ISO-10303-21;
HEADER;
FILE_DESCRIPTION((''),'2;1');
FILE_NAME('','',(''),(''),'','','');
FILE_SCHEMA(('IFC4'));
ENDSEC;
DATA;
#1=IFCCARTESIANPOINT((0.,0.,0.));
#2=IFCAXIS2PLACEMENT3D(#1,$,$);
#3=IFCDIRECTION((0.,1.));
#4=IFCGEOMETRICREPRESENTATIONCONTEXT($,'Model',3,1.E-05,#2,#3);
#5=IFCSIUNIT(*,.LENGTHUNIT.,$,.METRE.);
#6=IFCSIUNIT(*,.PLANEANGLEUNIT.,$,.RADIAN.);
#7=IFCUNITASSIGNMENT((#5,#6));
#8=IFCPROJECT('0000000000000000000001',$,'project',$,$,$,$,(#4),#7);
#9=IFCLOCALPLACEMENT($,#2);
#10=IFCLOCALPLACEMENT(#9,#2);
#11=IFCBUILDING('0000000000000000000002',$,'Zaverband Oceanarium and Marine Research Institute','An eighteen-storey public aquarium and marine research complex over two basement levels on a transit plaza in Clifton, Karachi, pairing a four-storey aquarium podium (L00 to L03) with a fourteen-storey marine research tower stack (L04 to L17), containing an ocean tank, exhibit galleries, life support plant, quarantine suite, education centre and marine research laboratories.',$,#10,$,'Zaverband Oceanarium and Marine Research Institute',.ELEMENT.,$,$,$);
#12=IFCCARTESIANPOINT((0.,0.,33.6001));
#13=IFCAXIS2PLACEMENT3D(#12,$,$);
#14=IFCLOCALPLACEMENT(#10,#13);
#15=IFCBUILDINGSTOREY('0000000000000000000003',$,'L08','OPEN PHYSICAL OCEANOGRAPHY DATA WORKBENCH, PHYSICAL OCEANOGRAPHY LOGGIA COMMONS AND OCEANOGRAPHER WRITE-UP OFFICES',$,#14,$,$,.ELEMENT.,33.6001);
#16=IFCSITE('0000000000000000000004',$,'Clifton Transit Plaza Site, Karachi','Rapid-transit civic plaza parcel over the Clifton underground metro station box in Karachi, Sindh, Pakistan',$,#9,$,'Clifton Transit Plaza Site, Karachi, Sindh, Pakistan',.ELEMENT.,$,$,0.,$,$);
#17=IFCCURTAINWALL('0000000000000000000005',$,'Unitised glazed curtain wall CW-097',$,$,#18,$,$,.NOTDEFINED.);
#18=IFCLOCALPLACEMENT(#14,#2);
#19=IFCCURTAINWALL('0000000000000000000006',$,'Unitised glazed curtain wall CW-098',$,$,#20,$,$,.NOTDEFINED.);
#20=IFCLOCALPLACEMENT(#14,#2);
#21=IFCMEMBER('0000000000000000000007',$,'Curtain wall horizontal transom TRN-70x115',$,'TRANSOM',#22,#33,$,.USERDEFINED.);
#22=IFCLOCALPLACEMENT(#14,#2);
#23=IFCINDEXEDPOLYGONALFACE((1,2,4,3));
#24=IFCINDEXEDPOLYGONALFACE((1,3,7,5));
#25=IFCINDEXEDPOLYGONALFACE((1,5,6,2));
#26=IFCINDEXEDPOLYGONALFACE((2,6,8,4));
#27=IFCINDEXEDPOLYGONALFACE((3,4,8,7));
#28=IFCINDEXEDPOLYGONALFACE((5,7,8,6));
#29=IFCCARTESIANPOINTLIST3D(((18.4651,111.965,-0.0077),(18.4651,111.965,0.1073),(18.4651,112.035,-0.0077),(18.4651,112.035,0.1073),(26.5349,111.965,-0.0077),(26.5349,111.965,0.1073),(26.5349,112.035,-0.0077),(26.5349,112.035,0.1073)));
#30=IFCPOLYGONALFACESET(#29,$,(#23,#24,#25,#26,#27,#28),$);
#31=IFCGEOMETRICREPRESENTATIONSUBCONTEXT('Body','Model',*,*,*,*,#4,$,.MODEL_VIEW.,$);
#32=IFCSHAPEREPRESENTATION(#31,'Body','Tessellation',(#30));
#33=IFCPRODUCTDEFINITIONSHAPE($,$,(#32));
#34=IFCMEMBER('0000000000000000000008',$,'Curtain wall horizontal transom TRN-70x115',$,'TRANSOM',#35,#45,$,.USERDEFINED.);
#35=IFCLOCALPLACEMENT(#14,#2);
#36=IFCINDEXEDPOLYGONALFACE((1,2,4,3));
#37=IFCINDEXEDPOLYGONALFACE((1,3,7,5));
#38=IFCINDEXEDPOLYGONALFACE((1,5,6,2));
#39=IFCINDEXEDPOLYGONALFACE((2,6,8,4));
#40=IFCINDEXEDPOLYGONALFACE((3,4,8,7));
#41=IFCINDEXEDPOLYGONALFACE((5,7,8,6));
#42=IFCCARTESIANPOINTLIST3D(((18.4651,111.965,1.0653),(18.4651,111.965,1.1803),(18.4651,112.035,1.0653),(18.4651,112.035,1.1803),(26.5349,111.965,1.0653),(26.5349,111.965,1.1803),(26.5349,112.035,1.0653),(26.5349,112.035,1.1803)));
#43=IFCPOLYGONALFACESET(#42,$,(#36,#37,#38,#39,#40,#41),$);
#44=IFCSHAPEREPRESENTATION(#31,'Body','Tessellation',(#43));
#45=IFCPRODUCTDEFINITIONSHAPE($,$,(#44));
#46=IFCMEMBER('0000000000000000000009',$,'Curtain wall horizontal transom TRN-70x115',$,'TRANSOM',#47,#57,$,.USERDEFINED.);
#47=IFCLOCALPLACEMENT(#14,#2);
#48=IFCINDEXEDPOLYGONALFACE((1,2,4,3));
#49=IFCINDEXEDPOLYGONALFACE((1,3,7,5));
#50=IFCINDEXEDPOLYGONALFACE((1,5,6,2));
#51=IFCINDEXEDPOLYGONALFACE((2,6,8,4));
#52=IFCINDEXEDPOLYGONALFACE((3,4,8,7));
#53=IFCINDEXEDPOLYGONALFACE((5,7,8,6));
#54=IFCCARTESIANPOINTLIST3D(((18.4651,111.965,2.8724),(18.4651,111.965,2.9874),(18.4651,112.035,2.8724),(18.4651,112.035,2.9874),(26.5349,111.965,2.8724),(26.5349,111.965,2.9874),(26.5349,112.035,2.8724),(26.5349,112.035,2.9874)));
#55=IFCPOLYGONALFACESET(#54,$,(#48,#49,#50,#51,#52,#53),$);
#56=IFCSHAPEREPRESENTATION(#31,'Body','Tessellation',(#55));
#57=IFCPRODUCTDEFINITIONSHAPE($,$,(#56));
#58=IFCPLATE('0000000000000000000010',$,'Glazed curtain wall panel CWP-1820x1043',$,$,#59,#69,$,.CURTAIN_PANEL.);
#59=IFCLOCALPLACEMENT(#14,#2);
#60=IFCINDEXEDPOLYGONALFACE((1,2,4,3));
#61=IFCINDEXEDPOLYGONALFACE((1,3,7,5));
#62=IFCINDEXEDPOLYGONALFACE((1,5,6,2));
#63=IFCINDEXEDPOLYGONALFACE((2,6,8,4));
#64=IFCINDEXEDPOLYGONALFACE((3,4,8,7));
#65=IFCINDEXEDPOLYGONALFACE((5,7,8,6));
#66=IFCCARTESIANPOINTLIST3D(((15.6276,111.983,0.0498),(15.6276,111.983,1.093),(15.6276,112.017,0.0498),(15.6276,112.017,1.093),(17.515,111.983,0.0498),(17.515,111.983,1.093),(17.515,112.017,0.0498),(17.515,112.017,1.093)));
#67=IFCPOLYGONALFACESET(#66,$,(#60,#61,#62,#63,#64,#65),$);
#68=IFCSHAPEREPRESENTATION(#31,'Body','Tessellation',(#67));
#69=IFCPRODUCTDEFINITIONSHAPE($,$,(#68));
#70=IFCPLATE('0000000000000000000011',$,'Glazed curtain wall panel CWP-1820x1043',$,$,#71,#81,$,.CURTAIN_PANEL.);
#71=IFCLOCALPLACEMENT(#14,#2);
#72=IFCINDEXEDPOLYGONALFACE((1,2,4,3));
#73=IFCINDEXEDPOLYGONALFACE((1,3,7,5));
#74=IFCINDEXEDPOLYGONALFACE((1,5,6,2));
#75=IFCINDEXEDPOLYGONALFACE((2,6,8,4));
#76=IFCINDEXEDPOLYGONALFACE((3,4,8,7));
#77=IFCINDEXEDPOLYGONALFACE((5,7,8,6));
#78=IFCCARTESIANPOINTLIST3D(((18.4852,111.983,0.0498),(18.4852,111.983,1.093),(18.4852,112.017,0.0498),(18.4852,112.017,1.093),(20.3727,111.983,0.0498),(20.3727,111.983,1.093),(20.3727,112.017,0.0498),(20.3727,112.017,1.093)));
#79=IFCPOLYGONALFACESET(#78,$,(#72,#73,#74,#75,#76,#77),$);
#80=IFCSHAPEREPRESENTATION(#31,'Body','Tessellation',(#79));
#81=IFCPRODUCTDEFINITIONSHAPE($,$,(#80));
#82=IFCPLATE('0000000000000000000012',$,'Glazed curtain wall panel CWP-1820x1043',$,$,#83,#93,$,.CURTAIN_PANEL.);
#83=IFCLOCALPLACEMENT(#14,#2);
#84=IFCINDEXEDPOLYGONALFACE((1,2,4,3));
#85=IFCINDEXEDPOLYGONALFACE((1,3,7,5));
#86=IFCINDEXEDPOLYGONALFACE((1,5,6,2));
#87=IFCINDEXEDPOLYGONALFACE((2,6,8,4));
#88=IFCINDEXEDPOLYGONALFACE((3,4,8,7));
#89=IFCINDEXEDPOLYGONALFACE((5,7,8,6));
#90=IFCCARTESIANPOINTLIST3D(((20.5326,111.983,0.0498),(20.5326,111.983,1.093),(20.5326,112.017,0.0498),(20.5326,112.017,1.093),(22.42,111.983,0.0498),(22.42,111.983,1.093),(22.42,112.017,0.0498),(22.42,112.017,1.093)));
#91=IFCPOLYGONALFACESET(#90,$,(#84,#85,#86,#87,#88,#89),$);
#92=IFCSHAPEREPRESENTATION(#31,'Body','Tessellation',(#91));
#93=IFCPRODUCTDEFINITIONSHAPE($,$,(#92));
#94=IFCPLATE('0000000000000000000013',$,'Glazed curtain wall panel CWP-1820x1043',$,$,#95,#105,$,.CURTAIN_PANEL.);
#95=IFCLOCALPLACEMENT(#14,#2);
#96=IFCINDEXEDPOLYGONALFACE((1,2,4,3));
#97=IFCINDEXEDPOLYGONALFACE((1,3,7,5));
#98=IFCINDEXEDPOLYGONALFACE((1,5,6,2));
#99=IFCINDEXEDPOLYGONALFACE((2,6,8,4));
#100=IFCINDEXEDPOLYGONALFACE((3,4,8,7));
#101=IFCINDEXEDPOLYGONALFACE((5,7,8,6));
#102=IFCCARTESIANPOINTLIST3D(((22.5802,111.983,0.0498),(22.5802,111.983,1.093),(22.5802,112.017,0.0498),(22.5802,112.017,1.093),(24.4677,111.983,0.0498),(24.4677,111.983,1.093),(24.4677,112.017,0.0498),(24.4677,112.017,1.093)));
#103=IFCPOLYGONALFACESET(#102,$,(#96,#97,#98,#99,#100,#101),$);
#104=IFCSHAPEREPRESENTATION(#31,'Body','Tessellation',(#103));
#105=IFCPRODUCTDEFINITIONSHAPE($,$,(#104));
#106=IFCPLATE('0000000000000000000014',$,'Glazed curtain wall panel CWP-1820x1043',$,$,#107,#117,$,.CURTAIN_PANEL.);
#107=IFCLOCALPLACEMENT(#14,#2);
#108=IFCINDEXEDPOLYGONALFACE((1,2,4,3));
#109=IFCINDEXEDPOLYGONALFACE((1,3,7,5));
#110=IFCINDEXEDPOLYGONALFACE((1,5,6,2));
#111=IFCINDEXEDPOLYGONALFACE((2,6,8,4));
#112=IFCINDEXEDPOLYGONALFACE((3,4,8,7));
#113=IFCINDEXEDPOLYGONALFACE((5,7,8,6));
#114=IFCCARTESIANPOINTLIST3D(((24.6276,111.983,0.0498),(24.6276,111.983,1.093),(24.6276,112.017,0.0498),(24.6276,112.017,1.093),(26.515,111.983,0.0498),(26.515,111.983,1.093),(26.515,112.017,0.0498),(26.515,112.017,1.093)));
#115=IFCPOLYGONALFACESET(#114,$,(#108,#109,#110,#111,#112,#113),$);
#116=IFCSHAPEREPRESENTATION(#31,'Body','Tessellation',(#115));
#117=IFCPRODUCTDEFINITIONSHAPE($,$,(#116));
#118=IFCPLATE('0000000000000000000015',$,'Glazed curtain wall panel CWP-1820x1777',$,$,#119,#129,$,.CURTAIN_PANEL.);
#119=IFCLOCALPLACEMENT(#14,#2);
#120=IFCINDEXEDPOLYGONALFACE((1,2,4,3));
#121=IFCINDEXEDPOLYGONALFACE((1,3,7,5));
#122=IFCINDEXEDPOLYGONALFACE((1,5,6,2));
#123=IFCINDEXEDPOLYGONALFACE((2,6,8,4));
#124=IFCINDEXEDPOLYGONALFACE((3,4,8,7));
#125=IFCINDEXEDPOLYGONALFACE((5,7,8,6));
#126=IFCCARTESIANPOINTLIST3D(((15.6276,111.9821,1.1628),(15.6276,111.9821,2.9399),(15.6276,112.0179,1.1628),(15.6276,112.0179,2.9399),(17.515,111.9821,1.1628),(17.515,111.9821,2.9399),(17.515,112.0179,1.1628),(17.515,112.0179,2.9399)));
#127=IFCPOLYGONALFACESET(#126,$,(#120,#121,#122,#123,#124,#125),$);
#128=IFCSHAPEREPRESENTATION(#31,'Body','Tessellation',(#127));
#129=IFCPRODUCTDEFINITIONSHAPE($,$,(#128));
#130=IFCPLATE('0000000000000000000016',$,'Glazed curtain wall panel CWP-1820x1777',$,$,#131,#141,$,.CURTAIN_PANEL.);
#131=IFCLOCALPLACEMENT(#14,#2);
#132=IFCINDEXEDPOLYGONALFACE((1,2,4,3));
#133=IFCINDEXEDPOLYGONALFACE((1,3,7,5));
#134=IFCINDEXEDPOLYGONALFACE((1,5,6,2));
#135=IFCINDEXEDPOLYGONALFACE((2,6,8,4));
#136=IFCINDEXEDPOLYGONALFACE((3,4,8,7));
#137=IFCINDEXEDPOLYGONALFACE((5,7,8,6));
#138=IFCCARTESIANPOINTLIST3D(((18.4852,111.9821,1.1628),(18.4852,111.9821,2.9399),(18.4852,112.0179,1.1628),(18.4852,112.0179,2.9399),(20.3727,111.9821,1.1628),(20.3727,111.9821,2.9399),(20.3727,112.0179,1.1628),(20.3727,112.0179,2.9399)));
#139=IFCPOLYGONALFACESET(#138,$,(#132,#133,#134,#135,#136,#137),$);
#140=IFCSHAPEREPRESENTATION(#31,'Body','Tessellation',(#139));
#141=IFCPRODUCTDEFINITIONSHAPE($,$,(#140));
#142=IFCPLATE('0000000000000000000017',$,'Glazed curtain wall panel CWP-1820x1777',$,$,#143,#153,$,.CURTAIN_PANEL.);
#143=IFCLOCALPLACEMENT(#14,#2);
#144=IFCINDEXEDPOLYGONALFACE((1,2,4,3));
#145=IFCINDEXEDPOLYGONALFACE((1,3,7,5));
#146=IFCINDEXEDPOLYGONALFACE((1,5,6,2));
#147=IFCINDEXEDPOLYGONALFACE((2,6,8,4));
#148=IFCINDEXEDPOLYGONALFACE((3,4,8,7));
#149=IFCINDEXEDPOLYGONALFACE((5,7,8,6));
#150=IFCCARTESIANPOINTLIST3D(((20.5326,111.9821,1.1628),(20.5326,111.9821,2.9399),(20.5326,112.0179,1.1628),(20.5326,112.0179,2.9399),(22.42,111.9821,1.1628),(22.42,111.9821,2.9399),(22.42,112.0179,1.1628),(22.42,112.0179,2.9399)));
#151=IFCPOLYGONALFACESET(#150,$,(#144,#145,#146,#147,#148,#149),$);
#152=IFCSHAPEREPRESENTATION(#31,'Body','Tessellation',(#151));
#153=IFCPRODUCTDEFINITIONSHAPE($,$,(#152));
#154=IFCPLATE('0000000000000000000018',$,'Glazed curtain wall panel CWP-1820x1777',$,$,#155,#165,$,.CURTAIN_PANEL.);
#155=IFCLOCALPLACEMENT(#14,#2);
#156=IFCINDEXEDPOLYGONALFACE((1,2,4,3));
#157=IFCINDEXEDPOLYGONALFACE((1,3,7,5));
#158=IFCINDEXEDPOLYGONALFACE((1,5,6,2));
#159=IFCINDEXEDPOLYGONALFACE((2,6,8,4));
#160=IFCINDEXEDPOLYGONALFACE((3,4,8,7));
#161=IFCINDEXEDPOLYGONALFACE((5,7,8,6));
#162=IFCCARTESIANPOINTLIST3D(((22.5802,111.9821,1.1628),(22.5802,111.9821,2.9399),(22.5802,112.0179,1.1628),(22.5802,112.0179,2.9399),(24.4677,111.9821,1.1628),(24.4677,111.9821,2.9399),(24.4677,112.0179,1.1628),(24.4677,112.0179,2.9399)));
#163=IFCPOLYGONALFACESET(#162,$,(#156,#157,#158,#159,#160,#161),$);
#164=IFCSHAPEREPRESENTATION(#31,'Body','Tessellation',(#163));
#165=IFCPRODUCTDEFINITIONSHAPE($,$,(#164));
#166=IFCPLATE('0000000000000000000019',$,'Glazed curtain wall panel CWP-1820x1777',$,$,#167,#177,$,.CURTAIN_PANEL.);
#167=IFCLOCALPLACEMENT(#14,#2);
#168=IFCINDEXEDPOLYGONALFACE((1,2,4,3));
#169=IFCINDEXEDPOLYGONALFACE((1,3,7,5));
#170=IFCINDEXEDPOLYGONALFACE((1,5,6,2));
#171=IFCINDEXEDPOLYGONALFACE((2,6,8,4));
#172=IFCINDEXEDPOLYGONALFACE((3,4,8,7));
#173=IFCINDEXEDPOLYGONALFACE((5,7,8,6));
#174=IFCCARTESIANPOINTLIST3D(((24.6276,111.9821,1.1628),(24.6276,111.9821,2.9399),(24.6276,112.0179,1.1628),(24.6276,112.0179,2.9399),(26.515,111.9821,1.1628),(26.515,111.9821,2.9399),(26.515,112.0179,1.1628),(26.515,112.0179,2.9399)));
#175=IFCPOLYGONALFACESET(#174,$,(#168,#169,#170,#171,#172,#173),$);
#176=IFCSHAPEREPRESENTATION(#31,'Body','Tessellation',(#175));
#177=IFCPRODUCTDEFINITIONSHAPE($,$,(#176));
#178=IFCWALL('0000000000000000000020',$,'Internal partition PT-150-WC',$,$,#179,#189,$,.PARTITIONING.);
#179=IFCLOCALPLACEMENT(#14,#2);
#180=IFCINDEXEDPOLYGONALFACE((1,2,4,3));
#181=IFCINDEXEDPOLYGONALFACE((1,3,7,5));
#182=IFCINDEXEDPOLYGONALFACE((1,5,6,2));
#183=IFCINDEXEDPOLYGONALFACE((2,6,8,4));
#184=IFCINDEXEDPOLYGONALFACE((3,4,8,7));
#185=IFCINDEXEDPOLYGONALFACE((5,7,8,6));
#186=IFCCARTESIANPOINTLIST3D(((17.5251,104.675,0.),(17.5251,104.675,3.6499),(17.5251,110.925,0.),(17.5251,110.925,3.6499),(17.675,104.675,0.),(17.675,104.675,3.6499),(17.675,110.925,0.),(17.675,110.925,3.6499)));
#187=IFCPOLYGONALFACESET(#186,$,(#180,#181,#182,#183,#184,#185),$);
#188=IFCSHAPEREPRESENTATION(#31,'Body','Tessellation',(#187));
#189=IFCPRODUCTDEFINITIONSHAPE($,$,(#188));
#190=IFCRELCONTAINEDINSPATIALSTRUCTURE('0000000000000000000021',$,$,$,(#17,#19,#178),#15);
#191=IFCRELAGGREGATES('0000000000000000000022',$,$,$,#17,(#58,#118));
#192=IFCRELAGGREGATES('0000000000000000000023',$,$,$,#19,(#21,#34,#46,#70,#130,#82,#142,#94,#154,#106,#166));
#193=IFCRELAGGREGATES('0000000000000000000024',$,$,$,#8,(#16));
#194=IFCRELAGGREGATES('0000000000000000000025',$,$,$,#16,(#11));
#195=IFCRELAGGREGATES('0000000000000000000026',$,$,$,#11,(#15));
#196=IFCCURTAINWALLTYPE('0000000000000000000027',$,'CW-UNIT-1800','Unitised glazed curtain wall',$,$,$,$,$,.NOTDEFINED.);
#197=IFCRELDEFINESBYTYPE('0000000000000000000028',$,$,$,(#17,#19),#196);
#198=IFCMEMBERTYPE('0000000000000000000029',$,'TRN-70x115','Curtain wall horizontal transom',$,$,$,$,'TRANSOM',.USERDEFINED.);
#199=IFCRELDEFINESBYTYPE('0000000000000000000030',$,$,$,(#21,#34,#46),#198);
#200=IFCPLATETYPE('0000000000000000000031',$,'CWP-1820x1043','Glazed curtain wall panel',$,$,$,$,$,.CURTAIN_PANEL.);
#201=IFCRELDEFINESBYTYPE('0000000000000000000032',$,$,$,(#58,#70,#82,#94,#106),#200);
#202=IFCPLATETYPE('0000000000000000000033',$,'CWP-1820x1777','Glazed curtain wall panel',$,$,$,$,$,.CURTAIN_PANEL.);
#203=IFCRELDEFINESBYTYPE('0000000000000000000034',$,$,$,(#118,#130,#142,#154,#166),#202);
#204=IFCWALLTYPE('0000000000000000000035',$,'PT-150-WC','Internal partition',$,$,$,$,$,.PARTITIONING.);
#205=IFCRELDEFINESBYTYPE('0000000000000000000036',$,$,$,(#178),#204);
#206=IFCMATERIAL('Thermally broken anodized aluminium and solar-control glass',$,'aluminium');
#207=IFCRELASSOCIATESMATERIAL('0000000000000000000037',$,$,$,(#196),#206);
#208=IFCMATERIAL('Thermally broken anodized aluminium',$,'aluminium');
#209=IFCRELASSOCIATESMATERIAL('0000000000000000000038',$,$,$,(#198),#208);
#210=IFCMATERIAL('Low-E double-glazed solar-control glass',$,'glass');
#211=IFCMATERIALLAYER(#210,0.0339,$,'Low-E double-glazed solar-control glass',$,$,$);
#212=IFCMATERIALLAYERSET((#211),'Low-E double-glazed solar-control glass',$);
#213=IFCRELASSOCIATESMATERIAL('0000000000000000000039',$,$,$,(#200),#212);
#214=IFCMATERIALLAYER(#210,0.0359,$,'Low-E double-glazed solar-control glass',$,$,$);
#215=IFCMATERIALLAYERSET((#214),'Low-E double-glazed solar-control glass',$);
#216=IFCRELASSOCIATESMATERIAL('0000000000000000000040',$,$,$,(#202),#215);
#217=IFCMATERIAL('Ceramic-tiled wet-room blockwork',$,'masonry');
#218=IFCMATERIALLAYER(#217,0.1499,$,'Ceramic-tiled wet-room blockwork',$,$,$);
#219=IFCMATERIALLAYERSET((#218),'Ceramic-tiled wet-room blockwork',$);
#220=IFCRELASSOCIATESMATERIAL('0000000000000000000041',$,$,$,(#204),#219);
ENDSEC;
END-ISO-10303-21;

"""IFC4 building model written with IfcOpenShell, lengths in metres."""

from ifc_helpers import new_model, si_unit, direction, frame, frame_2d, origin, origin_2d, place, context, subcontext, project, spatial, rectangle, extrude, material, layer, layer_set, material_profile, profile_set, type_object, element, aggregate, save


model = new_model("IFC4")

# Units and contexts
model_context = context("Model", 3, precision=1e-05, world=origin(), true_north=direction((0.0, 1.0)))
body_context = subcontext(model_context, "Body", "Model", "MODEL_VIEW")
ifc_project = project(units=[si_unit("LENGTHUNIT", "METRE"), si_unit("PLANEANGLEUNIT", "RADIAN")], contexts=[model_context])

# Site, building, storey
site_placement = place(None, origin())
site = spatial("IfcSite", under=ifc_project, at=site_placement, Name="Clifton Transit Plaza Site, Karachi", Description="Rapid-transit civic plaza parcel over the Clifton underground metro station box in Karachi, Sindh, Pakistan", LongName="Clifton Transit Plaza Site, Karachi, Sindh, Pakistan", CompositionType="ELEMENT", RefElevation=0.0)
building_placement = place(site_placement, origin())
building = spatial("IfcBuilding", under=site, at=building_placement, Name="Zaverband Oceanarium and Marine Research Institute", Description="An eighteen-storey public aquarium and marine research complex over two basement levels on a transit plaza in Clifton, Karachi, pairing a four-storey aquarium podium (L00 to L03) with a fourteen-storey marine research tower stack (L04 to L17), containing an ocean tank, exhibit galleries, life support plant, quarantine suite, education centre and marine research laboratories.", LongName="Zaverband Oceanarium and Marine Research Institute", CompositionType="ELEMENT")
storey_placement = place(building_placement, frame((0.0, 0.0, 33.6001)))
storey = spatial("IfcBuildingStorey", under=building, at=storey_placement, Name="L08", Description="OPEN PHYSICAL OCEANOGRAPHY DATA WORKBENCH, PHYSICAL OCEANOGRAPHY LOGGIA COMMONS AND OCEANOGRAPHER WRITE-UP OFFICES", CompositionType="ELEMENT", Elevation=33.6001)

# Curtain walls
ifc_material_1 = material(Name="Thermally broken anodized aluminium and solar-control glass", Category="aluminium")
curtain_wall_type = type_object("IfcCurtainWallType", Name="CW-UNIT-1800", Description="Unitised glazed curtain wall", PredefinedType="NOTDEFINED", material=ifc_material_1)
curtain_wall_1_placement = place(storey_placement, origin())
curtain_wall_1 = element("IfcCurtainWall", 1, at=curtain_wall_1_placement, inside=storey, type_object=curtain_wall_type, Name="Unitised glazed curtain wall CW-097", PredefinedType="NOTDEFINED")
ifc_material_2 = material(Name="Thermally broken anodized aluminium", Category="aluminium")
curtain_wall_2_placement = place(storey_placement, origin())
curtain_wall_2 = element("IfcCurtainWall", 2, at=curtain_wall_2_placement, inside=storey, type_object=curtain_wall_type, Name="Unitised glazed curtain wall CW-098", PredefinedType="NOTDEFINED")

# Members
ifc_material_profile_1 = material_profile(ifc_material_2, rectangle(XDim=0.0701, YDim=0.115, at=origin_2d()), Name="AL-TRN-70x115")
ifc_profile_set_1 = profile_set([ifc_material_profile_1], Name="Thermally broken anodized aluminium")
member_type_1 = type_object("IfcMemberType", Name="TRN-70x115", Description="Curtain wall horizontal transom", ElementType="TRANSOM", PredefinedType="USERDEFINED", material=ifc_profile_set_1)
member_1_placement = place(storey_placement, frame((18.4651, 112.0, 0.0498), z_axis=(1.0, 0.0, 0.0), x_axis=(0.0, 1.0, 0.0)))
member_1 = element("IfcMember", 3, at=member_1_placement, type_object=member_type_1, Name="Curtain wall horizontal transom TRN-70x115", ObjectType="TRANSOM", PredefinedType="USERDEFINED", context=body_context, shape_type="SweptSolid", body=[
    extrude(rectangle(XDim=0.0701, YDim=0.115, at=origin_2d()), origin(), (0.0, 0.0, 1.0), 8.0698),
])
member_2_placement = place(storey_placement, frame((18.4651, 112.0, 1.1228), z_axis=(1.0, 0.0, 0.0), x_axis=(0.0, 1.0, 0.0)))
member_2 = element("IfcMember", 4, at=member_2_placement, type_object=member_type_1, Name="Curtain wall horizontal transom TRN-70x115", ObjectType="TRANSOM", PredefinedType="USERDEFINED", context=body_context, shape_type="SweptSolid", body=[
    extrude(rectangle(XDim=0.0701, YDim=0.115, at=origin_2d()), origin(), (0.0, 0.0, 1.0), 8.0698),
])
member_3_placement = place(storey_placement, frame((18.4651, 112.0, 2.9299), z_axis=(1.0, 0.0, 0.0), x_axis=(0.0, 1.0, 0.0)))
member_3 = element("IfcMember", 5, at=member_3_placement, type_object=member_type_1, Name="Curtain wall horizontal transom TRN-70x115", ObjectType="TRANSOM", PredefinedType="USERDEFINED", context=body_context, shape_type="SweptSolid", body=[
    extrude(rectangle(XDim=0.0701, YDim=0.115, at=origin_2d()), origin(), (0.0, 0.0, 1.0), 8.0698),
])

# Plates
ifc_material_3 = material(Name="Low-E double-glazed solar-control glass", Category="glass")
ifc_layer_1 = layer(ifc_material_3, 0.0339, Name="Low-E double-glazed solar-control glass")
ifc_layer_set_1 = layer_set([ifc_layer_1], Name="Low-E double-glazed solar-control glass")
plate_type_1 = type_object("IfcPlateType", Name="CWP-1820x1043", Description="Glazed curtain wall panel", PredefinedType="CURTAIN_PANEL", material=ifc_layer_set_1)
plate_1_placement = place(storey_placement, frame((15.6274, 112.0, 0.0498), z_axis=(0.0, 0.0, 1.0), x_axis=(1.0, 0.0, 0.0)))
plate_1 = element("IfcPlate", 6, at=plate_1_placement, type_object=plate_type_1, Name="Glazed curtain wall panel CWP-1820x1043", PredefinedType="CURTAIN_PANEL", context=body_context, shape_type="SweptSolid", body=[
    extrude(rectangle(XDim=1.8875, YDim=0.0339, at=frame_2d((0.9438, 0.0))), origin(), (0.0, 0.0, 1.0), 1.0432),
])
plate_2_placement = place(storey_placement, frame((18.4851, 112.0, 0.0498), z_axis=(0.0, 0.0, 1.0), x_axis=(1.0, 0.0, 0.0)))
plate_2 = element("IfcPlate", 7, at=plate_2_placement, type_object=plate_type_1, Name="Glazed curtain wall panel CWP-1820x1043", PredefinedType="CURTAIN_PANEL", context=body_context, shape_type="SweptSolid", body=[
    extrude(rectangle(XDim=1.8875, YDim=0.0339, at=frame_2d((0.9438, 0.0))), origin(), (0.0, 0.0, 1.0), 1.0432),
])
plate_3_placement = place(storey_placement, frame((20.5325, 112.0, 0.0498), z_axis=(0.0, 0.0, 1.0), x_axis=(1.0, 0.0, 0.0)))
plate_3 = element("IfcPlate", 8, at=plate_3_placement, type_object=plate_type_1, Name="Glazed curtain wall panel CWP-1820x1043", PredefinedType="CURTAIN_PANEL", context=body_context, shape_type="SweptSolid", body=[
    extrude(rectangle(XDim=1.8875, YDim=0.0339, at=frame_2d((0.9438, 0.0))), origin(), (0.0, 0.0, 1.0), 1.0432),
])
plate_4_placement = place(storey_placement, frame((22.5801, 112.0, 0.0498), z_axis=(0.0, 0.0, 1.0), x_axis=(1.0, 0.0, 0.0)))
plate_4 = element("IfcPlate", 9, at=plate_4_placement, type_object=plate_type_1, Name="Glazed curtain wall panel CWP-1820x1043", PredefinedType="CURTAIN_PANEL", context=body_context, shape_type="SweptSolid", body=[
    extrude(rectangle(XDim=1.8875, YDim=0.0339, at=frame_2d((0.9438, 0.0))), origin(), (0.0, 0.0, 1.0), 1.0432),
])
plate_5_placement = place(storey_placement, frame((24.6274, 112.0, 0.0498), z_axis=(0.0, 0.0, 1.0), x_axis=(1.0, 0.0, 0.0)))
plate_5 = element("IfcPlate", 10, at=plate_5_placement, type_object=plate_type_1, Name="Glazed curtain wall panel CWP-1820x1043", PredefinedType="CURTAIN_PANEL", context=body_context, shape_type="SweptSolid", body=[
    extrude(rectangle(XDim=1.8875, YDim=0.0339, at=frame_2d((0.9438, 0.0))), origin(), (0.0, 0.0, 1.0), 1.0432),
])
ifc_layer_2 = layer(ifc_material_3, 0.0359, Name="Low-E double-glazed solar-control glass")
ifc_layer_set_2 = layer_set([ifc_layer_2], Name="Low-E double-glazed solar-control glass")
plate_type_2 = type_object("IfcPlateType", Name="CWP-1820x1777", Description="Glazed curtain wall panel", PredefinedType="CURTAIN_PANEL", material=ifc_layer_set_2)
plate_6_placement = place(storey_placement, frame((15.6274, 112.0, 1.1628), z_axis=(0.0, 0.0, 1.0), x_axis=(1.0, 0.0, 0.0)))
plate_6 = element("IfcPlate", 11, at=plate_6_placement, type_object=plate_type_2, Name="Glazed curtain wall panel CWP-1820x1777", PredefinedType="CURTAIN_PANEL", context=body_context, shape_type="SweptSolid", body=[
    extrude(rectangle(XDim=1.8875, YDim=0.0359, at=frame_2d((0.9438, 0.0))), origin(), (0.0, 0.0, 1.0), 1.7771),
])
aggregate(curtain_wall_1, [plate_1, plate_6])
plate_7_placement = place(storey_placement, frame((18.4851, 112.0, 1.1628), z_axis=(0.0, 0.0, 1.0), x_axis=(1.0, 0.0, 0.0)))
plate_7 = element("IfcPlate", 12, at=plate_7_placement, type_object=plate_type_2, Name="Glazed curtain wall panel CWP-1820x1777", PredefinedType="CURTAIN_PANEL", context=body_context, shape_type="SweptSolid", body=[
    extrude(rectangle(XDim=1.8875, YDim=0.0359, at=frame_2d((0.9438, 0.0))), origin(), (0.0, 0.0, 1.0), 1.7771),
])
plate_8_placement = place(storey_placement, frame((20.5325, 112.0, 1.1628), z_axis=(0.0, 0.0, 1.0), x_axis=(1.0, 0.0, 0.0)))
plate_8 = element("IfcPlate", 13, at=plate_8_placement, type_object=plate_type_2, Name="Glazed curtain wall panel CWP-1820x1777", PredefinedType="CURTAIN_PANEL", context=body_context, shape_type="SweptSolid", body=[
    extrude(rectangle(XDim=1.8875, YDim=0.0359, at=frame_2d((0.9438, 0.0))), origin(), (0.0, 0.0, 1.0), 1.7771),
])
plate_9_placement = place(storey_placement, frame((22.5801, 112.0, 1.1628), z_axis=(0.0, 0.0, 1.0), x_axis=(1.0, 0.0, 0.0)))
plate_9 = element("IfcPlate", 14, at=plate_9_placement, type_object=plate_type_2, Name="Glazed curtain wall panel CWP-1820x1777", PredefinedType="CURTAIN_PANEL", context=body_context, shape_type="SweptSolid", body=[
    extrude(rectangle(XDim=1.8875, YDim=0.0359, at=frame_2d((0.9438, 0.0))), origin(), (0.0, 0.0, 1.0), 1.7771),
])
plate_10_placement = place(storey_placement, frame((24.6274, 112.0, 1.1628), z_axis=(0.0, 0.0, 1.0), x_axis=(1.0, 0.0, 0.0)))
plate_10 = element("IfcPlate", 15, at=plate_10_placement, type_object=plate_type_2, Name="Glazed curtain wall panel CWP-1820x1777", PredefinedType="CURTAIN_PANEL", context=body_context, shape_type="SweptSolid", body=[
    extrude(rectangle(XDim=1.8875, YDim=0.0359, at=frame_2d((0.9438, 0.0))), origin(), (0.0, 0.0, 1.0), 1.7771),
])
aggregate(curtain_wall_2, [member_1, member_2, member_3, plate_2, plate_7, plate_3, plate_8, plate_4, plate_9, plate_5, plate_10])

# Wall
ifc_material_4 = material(Name="Ceramic-tiled wet-room blockwork", Category="masonry")
ifc_layer_3 = layer(ifc_material_4, 0.1499, Name="Ceramic-tiled wet-room blockwork")
ifc_layer_set_3 = layer_set([ifc_layer_3], Name="Ceramic-tiled wet-room blockwork")
wall_type = type_object("IfcWallType", Name="PT-150-WC", Description="Internal partition", PredefinedType="PARTITIONING", material=ifc_layer_set_3)
wall_placement = place(storey_placement, frame((17.6001, 104.675, 0.0), z_axis=(0.0, 0.0, 1.0), x_axis=(0.0, 1.0, 0.0)))
element("IfcWall", 16, at=wall_placement, inside=storey, type_object=wall_type, Name="Internal partition PT-150-WC", PredefinedType="PARTITIONING", context=body_context, shape_type="SweptSolid", body=[
    extrude(rectangle(XDim=6.25, YDim=0.1499, at=frame_2d((3.125, 0.0))), origin(), (0.0, 0.0, 1.0), 3.6499),
])

save(model, "model.ifc")
